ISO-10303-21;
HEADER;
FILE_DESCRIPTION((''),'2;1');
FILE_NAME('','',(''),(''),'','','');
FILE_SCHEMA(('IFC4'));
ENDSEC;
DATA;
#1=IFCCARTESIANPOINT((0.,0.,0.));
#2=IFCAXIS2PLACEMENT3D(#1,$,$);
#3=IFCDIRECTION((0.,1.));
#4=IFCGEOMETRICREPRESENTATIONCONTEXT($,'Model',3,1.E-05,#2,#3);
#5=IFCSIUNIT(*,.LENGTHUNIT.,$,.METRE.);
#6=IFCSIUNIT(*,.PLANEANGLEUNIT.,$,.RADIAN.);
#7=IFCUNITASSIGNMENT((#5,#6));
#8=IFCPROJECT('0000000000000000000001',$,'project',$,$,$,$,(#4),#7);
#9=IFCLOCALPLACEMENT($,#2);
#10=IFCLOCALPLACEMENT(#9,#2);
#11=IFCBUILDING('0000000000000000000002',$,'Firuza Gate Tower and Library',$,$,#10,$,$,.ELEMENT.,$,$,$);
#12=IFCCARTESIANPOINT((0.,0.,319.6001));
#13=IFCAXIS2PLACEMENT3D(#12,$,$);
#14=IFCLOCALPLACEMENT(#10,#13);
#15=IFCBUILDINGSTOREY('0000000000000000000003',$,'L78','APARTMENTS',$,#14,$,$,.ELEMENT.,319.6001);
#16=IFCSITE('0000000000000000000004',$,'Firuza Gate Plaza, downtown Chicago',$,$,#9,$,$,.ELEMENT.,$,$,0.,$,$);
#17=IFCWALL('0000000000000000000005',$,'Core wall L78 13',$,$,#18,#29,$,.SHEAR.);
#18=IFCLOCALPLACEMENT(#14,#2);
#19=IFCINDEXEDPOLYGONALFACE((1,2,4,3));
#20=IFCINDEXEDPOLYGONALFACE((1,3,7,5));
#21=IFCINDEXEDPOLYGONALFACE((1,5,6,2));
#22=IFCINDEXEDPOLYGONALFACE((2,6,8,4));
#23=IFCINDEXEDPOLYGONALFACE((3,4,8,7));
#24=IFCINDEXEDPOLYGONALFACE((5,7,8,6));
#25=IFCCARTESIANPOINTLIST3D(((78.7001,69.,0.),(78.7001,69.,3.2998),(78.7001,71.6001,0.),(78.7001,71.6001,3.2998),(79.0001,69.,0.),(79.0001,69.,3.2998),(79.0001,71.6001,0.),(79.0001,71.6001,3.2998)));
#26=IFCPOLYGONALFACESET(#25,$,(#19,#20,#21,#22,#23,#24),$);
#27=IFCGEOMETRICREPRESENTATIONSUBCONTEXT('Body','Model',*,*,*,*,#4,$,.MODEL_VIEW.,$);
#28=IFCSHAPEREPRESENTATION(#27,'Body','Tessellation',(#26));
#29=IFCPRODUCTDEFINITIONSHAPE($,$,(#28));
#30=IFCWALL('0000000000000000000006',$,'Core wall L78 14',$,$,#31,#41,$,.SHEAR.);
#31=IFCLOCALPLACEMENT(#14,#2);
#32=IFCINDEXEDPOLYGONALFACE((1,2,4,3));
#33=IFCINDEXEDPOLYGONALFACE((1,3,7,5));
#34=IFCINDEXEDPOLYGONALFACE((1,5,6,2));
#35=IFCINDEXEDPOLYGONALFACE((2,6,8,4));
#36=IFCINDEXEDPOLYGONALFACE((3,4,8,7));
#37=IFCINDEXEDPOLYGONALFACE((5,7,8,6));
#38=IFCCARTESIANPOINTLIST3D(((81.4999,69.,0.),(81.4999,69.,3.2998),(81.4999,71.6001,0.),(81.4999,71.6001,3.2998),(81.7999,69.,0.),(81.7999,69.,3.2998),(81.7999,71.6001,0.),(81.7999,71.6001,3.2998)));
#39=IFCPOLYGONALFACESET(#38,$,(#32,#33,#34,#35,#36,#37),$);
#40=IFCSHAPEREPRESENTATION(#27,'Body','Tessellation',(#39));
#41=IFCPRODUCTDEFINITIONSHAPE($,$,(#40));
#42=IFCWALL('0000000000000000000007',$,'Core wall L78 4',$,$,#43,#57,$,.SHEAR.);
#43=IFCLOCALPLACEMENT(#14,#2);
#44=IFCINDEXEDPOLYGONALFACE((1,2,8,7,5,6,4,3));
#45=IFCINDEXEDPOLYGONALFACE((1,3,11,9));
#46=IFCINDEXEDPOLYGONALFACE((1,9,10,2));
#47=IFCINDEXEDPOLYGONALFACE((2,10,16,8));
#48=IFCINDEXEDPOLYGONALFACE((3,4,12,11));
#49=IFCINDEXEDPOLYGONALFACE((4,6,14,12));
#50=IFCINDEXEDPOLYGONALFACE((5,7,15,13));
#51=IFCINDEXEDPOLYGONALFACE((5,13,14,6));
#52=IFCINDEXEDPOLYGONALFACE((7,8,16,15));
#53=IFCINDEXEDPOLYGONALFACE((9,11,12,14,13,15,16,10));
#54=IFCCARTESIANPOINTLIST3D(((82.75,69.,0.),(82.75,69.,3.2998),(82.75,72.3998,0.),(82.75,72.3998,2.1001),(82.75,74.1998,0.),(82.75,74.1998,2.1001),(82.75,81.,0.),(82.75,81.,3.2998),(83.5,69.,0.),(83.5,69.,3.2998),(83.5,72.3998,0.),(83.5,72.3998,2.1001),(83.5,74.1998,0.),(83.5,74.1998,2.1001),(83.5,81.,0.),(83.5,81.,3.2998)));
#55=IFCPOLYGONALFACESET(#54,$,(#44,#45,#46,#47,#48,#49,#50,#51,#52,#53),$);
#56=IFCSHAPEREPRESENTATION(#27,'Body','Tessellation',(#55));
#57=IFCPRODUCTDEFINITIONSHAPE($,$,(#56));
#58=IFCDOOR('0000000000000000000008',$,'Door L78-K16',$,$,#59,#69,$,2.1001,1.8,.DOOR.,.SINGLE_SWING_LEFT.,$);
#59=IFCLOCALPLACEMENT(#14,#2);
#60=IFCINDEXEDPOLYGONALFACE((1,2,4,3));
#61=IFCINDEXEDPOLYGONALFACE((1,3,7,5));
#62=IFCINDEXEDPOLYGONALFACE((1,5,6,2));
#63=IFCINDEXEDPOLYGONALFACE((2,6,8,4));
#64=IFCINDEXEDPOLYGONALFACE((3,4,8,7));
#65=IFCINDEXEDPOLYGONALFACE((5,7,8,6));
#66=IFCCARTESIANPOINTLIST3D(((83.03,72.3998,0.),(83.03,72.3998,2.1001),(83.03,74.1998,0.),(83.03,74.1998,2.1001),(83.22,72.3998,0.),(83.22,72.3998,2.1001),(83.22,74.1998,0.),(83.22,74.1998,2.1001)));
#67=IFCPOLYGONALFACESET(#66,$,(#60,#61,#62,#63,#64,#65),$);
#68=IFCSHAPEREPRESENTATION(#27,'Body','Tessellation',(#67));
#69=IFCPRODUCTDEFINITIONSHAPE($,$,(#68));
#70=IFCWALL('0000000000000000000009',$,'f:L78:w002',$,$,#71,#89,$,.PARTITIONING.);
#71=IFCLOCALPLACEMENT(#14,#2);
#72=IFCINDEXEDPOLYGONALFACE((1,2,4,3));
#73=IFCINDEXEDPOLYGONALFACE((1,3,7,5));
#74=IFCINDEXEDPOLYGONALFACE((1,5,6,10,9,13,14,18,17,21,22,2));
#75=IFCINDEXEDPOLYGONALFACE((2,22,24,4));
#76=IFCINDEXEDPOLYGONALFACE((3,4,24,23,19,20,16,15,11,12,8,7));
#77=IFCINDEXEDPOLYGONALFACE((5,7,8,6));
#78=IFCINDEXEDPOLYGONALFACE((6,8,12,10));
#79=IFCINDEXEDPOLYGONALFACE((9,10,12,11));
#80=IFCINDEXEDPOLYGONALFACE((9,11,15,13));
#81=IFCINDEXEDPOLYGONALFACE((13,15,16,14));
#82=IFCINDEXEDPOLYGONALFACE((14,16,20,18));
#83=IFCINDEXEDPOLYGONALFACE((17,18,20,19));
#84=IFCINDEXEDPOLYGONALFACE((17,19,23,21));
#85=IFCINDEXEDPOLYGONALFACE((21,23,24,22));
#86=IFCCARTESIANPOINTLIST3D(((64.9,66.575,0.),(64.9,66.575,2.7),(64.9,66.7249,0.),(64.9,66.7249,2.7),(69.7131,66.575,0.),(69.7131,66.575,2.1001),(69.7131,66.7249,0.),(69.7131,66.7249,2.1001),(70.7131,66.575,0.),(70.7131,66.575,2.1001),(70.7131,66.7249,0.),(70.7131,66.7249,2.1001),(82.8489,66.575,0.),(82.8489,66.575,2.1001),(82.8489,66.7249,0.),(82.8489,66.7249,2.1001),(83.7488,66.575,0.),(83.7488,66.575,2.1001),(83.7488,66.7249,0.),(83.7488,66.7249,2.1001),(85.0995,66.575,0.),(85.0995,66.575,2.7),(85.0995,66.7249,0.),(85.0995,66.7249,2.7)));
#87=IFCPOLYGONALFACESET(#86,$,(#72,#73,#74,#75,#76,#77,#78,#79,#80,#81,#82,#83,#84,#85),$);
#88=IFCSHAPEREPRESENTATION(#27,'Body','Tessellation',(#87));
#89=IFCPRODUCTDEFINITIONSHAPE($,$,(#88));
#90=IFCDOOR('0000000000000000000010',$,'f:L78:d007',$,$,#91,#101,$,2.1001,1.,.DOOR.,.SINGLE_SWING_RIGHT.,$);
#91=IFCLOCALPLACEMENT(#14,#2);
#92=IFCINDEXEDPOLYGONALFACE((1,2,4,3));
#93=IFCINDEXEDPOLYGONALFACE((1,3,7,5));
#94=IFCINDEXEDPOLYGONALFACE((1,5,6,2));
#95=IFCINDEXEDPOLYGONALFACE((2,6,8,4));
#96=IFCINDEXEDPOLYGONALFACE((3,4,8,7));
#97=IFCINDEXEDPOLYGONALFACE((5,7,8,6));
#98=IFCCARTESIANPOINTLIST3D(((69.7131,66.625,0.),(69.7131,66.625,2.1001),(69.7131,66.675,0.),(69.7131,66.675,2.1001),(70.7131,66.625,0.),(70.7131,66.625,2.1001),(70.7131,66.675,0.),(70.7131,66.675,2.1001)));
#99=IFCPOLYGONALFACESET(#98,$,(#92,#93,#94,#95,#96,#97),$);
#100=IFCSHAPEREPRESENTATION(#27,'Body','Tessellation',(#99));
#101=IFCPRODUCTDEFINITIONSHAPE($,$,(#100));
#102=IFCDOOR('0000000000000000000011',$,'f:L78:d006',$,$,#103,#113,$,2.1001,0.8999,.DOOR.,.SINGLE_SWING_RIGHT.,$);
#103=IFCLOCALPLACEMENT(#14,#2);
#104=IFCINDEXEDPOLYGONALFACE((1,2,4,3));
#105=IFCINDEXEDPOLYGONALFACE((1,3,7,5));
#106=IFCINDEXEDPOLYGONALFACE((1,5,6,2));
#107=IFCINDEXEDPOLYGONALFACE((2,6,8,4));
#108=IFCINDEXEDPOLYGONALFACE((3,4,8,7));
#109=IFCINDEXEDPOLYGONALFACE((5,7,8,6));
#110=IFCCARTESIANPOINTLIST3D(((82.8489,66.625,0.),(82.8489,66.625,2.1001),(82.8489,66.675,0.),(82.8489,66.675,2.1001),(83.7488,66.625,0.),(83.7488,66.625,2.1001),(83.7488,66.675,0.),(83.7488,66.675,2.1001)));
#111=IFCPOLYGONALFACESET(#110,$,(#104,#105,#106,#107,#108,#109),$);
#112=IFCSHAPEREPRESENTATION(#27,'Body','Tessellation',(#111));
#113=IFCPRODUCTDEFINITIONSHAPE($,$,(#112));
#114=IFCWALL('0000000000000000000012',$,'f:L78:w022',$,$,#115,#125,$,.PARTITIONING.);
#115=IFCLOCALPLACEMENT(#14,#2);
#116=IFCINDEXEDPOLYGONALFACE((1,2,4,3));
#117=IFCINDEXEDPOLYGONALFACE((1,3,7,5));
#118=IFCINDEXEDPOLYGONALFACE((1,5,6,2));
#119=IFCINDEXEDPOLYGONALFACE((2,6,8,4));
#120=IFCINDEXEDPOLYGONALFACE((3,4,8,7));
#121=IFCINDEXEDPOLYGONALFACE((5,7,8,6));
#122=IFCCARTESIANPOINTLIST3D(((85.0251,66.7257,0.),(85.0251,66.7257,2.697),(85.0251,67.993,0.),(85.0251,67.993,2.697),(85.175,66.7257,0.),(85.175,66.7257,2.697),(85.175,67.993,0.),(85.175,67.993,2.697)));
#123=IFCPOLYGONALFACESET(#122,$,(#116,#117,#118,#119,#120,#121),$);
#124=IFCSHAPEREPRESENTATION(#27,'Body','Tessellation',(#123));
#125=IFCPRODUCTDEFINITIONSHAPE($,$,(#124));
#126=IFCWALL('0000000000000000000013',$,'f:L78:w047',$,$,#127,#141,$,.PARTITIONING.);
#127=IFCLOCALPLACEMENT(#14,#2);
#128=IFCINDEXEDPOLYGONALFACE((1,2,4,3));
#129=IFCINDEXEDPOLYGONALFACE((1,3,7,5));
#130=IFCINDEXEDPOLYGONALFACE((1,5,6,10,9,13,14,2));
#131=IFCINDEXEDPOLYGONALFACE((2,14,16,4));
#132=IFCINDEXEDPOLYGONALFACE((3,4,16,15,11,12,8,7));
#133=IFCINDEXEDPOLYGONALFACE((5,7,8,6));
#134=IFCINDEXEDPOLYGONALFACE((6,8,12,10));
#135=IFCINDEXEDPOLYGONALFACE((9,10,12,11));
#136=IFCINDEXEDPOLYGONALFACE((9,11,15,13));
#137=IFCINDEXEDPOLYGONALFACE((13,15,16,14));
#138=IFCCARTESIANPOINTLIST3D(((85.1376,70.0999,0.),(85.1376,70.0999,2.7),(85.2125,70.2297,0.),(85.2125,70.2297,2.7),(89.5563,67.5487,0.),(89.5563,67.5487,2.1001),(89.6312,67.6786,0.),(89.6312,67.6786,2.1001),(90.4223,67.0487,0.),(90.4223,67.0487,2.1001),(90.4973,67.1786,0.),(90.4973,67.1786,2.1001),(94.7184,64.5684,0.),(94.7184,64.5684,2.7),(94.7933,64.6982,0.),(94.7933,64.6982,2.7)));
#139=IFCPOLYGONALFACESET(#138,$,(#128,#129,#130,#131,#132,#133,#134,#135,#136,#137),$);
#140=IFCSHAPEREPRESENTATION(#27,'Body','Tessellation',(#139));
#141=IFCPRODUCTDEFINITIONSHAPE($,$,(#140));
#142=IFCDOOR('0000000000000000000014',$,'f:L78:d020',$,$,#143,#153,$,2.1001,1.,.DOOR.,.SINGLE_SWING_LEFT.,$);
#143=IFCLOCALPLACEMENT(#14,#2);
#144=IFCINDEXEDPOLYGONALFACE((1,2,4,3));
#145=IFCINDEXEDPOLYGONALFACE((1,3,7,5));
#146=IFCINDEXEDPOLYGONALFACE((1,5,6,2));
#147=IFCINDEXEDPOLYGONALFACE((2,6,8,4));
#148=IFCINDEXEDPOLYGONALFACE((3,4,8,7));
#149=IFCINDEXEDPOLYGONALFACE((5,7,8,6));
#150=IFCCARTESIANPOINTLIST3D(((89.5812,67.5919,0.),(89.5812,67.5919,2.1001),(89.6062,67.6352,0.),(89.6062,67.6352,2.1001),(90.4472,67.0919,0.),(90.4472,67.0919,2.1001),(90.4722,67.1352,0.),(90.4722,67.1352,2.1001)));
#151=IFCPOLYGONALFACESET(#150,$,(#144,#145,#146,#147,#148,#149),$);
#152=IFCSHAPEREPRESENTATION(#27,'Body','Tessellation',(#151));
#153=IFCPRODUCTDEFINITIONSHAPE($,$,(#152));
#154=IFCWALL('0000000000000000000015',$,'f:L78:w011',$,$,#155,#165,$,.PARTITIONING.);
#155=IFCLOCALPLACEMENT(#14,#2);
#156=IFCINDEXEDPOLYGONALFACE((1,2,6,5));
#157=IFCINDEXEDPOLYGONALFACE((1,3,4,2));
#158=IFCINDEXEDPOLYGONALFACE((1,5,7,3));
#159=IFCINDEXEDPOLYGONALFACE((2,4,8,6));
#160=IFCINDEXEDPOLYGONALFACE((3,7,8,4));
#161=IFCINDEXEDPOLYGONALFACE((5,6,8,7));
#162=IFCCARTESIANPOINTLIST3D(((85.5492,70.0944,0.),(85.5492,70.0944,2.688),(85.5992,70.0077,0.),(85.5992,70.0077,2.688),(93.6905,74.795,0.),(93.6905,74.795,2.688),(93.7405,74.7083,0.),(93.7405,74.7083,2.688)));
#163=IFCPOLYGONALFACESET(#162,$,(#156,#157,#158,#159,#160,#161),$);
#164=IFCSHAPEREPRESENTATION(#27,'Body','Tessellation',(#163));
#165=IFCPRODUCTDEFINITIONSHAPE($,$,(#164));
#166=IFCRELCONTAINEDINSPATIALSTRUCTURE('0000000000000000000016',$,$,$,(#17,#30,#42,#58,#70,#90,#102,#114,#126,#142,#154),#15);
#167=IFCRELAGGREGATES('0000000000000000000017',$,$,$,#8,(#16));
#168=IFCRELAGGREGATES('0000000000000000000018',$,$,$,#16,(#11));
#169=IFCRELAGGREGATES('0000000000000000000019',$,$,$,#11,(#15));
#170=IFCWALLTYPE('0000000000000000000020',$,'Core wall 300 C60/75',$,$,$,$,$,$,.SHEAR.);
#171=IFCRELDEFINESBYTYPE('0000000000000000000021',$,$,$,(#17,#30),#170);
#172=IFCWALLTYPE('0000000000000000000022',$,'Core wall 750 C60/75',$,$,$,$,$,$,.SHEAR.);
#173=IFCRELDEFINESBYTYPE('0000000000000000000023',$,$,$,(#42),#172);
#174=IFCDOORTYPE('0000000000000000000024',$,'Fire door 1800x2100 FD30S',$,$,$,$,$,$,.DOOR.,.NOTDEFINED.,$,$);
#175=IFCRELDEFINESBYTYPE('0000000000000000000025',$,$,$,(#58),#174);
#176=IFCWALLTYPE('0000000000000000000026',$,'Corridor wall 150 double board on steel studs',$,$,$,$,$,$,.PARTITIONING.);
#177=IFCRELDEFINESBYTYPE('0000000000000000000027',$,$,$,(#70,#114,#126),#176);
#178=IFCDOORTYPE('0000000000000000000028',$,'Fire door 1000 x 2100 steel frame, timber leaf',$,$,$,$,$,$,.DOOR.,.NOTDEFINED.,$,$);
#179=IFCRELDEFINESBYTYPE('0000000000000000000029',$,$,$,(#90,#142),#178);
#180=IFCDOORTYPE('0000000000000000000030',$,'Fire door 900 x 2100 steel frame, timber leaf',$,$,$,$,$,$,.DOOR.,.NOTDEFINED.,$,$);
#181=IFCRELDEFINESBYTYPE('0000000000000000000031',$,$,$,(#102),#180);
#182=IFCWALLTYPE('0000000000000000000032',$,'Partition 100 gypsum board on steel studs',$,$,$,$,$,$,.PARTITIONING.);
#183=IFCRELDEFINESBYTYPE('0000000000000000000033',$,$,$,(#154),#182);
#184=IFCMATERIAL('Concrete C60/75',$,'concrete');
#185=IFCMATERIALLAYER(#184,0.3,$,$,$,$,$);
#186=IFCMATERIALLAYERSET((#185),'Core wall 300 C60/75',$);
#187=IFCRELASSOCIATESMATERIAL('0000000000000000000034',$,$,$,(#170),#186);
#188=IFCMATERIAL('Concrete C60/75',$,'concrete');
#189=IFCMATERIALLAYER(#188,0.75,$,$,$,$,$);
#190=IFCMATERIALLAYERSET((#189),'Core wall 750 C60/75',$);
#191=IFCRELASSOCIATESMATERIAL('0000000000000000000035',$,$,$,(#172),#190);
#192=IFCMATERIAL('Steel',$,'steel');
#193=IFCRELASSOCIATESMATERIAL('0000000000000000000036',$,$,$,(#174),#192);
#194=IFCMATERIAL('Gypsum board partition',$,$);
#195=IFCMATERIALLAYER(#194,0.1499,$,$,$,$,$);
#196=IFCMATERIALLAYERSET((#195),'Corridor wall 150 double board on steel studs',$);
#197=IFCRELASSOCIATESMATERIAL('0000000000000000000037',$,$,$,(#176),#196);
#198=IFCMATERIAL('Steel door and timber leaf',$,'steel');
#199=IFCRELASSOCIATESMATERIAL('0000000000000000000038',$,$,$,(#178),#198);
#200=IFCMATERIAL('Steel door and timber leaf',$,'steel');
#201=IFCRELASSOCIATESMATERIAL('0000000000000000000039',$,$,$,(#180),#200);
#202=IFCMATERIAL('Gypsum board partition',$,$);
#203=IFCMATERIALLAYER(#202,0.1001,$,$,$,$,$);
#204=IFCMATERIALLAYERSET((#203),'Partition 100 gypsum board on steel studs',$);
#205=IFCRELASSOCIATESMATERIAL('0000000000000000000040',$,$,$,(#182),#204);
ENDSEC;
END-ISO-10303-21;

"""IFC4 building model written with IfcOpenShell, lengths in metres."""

from ifc_helpers import new_model, si_unit, direction, frame, frame_2d, origin, place, context, subcontext, project, spatial, rectangle, extrude, material, layer, layer_set, type_object, element, fill, save


model = new_model("IFC4")

# Units and contexts
model_context = context("Model", 3, precision=1e-05, world=origin(), true_north=direction((0.0, 1.0)))
body_context = subcontext(model_context, "Body", "Model", "MODEL_VIEW")
ifc_project = project(units=[si_unit("LENGTHUNIT", "METRE"), si_unit("PLANEANGLEUNIT", "RADIAN")], contexts=[model_context])

# Site, building, storey
site_placement = place(None, origin())
site = spatial("IfcSite", under=ifc_project, at=site_placement, Name="Firuza Gate Plaza, downtown Chicago", CompositionType="ELEMENT", RefElevation=0.0)
building_placement = place(site_placement, origin())
building = spatial("IfcBuilding", under=site, at=building_placement, Name="Firuza Gate Tower and Library", CompositionType="ELEMENT")
storey_placement = place(building_placement, frame((0.0, 0.0, 319.6001)))
storey = spatial("IfcBuildingStorey", under=building, at=storey_placement, Name="L78", Description="APARTMENTS", CompositionType="ELEMENT", Elevation=319.6001)

# Walls
ifc_material_1 = material(Name="Concrete C60/75", Category="concrete")
ifc_layer_1 = layer(ifc_material_1, 0.3)
ifc_layer_set_1 = layer_set([ifc_layer_1], Name="Core wall 300 C60/75")
wall_type_1 = type_object("IfcWallType", Name="Core wall 300 C60/75", PredefinedType="SHEAR", material=ifc_layer_set_1)
for number, where, z_axis, x_axis, name in (
    (1, (78.8501, 69.0, 0.0), (0.0, 0.0, 1.0), (0.0, 1.0, 0.0), "Core wall L78 13"),
    (2, (81.6499, 69.0, 0.0), (0.0, 0.0, 1.0), (0.0, 1.0, 0.0), "Core wall L78 14"),
):
    element("IfcWall", number, at=place(storey_placement, frame(where, z_axis=z_axis, x_axis=x_axis)), inside=storey, type_object=wall_type_1, Name=name, PredefinedType="SHEAR", context=body_context, shape_type="SweptSolid", body=[
        extrude(rectangle(XDim=2.6001, YDim=0.3, at=frame_2d((1.3, 0.0))), origin(), (0.0, 0.0, 1.0), 3.2998),
    ])

# Wall, opening, door
ifc_material_2 = material(Name="Concrete C60/75", Category="concrete")
ifc_layer_2 = layer(ifc_material_2, 0.75)
ifc_layer_set_2 = layer_set([ifc_layer_2], Name="Core wall 750 C60/75")
wall_type_2 = type_object("IfcWallType", Name="Core wall 750 C60/75", PredefinedType="SHEAR", material=ifc_layer_set_2)
wall_1_placement = place(storey_placement, frame((83.125, 69.0, 0.0), z_axis=(0.0, 0.0, 1.0), x_axis=(0.0, 1.0, 0.0)))
wall_1 = element("IfcWall", 3, at=wall_1_placement, inside=storey, type_object=wall_type_2, Name="Core wall L78 4", PredefinedType="SHEAR", context=body_context, shape_type="SweptSolid", body=[
    extrude(rectangle(XDim=12.0, YDim=0.75, at=frame_2d((6.0, 0.0))), origin(), (0.0, 0.0, 1.0), 3.2998),
])
opening_1_placement = place(wall_1_placement, frame((3.3999, 0.0, 0.0)))
opening_1 = element("IfcOpeningElement", 4, at=opening_1_placement, cuts=wall_1, PredefinedType="OPENING", context=body_context, shape_type="SweptSolid", body=[
    extrude(rectangle(XDim=1.8, YDim=2.1001, at=frame_2d((0.8999, 1.05))), frame((0.0, 0.385, 0.0), z_axis=(0.0, -1.0, 0.0), x_axis=(1.0, 0.0, 0.0)), (0.0, 0.0, 1.0), 0.77),
])
ifc_material_3 = material(Name="Steel", Category="steel")
door_type_1 = type_object("IfcDoorType", Name="Fire door 1800x2100 FD30S", OperationType="NOTDEFINED", PredefinedType="DOOR", material=ifc_material_3)
door_1_placement = place(opening_1_placement, origin())
door_1 = element("IfcDoor", 5, at=door_1_placement, inside=storey, type_object=door_type_1, Name="Door L78-K16", OperationType="SINGLE_SWING_LEFT", OverallHeight=2.1001, OverallWidth=1.8, PredefinedType="DOOR", context=body_context, shape_type="SweptSolid", body=[
    extrude(rectangle(XDim=1.8, YDim=2.1001, at=frame_2d((0.8999, 1.05))), frame((0.0, 0.095, 0.0), z_axis=(0.0, -1.0, 0.0), x_axis=(1.0, 0.0, 0.0)), (0.0, 0.0, 1.0), 0.1899),
])
fill(opening_1, door_1)

# Wall, openings, doors
ifc_material_4 = material(Name="Gypsum board partition")
ifc_layer_3 = layer(ifc_material_4, 0.1499)
ifc_layer_set_3 = layer_set([ifc_layer_3], Name="Corridor wall 150 double board on steel studs")
wall_type_3 = type_object("IfcWallType", Name="Corridor wall 150 double board on steel studs", PredefinedType="PARTITIONING", material=ifc_layer_set_3)
wall_2_placement = place(storey_placement, frame((85.0994, 66.6499, 0.0), z_axis=(0.0, 0.0, 1.0), x_axis=(-1.0, 0.0, 0.0)))
wall_2 = element("IfcWall", 6, at=wall_2_placement, inside=storey, type_object=wall_type_3, Name="f:L78:w002", PredefinedType="PARTITIONING", context=body_context, shape_type="SweptSolid", body=[
    extrude(rectangle(XDim=20.1995, YDim=0.1499, at=frame_2d((10.0996, 0.0))), origin(), (0.0, 0.0, 1.0), 2.7),
])
opening_2_placement = place(wall_2_placement, frame((1.3506, 0.0, 0.0)))
opening_2 = element("IfcOpeningElement", 7, at=opening_2_placement, cuts=wall_2, PredefinedType="OPENING", context=body_context, shape_type="SweptSolid", body=[
    extrude(rectangle(XDim=0.8999, YDim=2.1001, at=frame_2d((0.45, 1.05))), frame((0.0, 0.085, 0.0), z_axis=(0.0, -1.0, 0.0), x_axis=(1.0, 0.0, 0.0)), (0.0, 0.0, 1.0), 0.1699),
])
opening_3_placement = place(wall_2_placement, frame((14.3862, 0.0, 0.0)))
opening_3 = element("IfcOpeningElement", 8, at=opening_3_placement, cuts=wall_2, PredefinedType="OPENING", context=body_context, shape_type="SweptSolid", body=[
    extrude(rectangle(XDim=1.0, YDim=2.1001, at=frame_2d((0.5, 1.05))), frame((0.0, 0.085, 0.0), z_axis=(0.0, -1.0, 0.0), x_axis=(1.0, 0.0, 0.0)), (0.0, 0.0, 1.0), 0.1699),
])
ifc_material_5 = material(Name="Steel door and timber leaf", Category="steel")
door_type_2 = type_object("IfcDoorType", Name="Fire door 1000 x 2100 steel frame, timber leaf", OperationType="NOTDEFINED", PredefinedType="DOOR", material=ifc_material_5)
door_2_placement = place(opening_3_placement, origin())
door_2 = element("IfcDoor", 9, at=door_2_placement, inside=storey, type_object=door_type_2, Name="f:L78:d007", OperationType="SINGLE_SWING_RIGHT", OverallHeight=2.1001, OverallWidth=1.0, PredefinedType="DOOR", context=body_context, shape_type="SweptSolid", body=[
    extrude(rectangle(XDim=1.0, YDim=2.1001, at=frame_2d((0.5, 1.05))), frame((0.0, 0.0249, 0.0), z_axis=(0.0, -1.0, 0.0), x_axis=(1.0, 0.0, 0.0)), (0.0, 0.0, 1.0), 0.05),
])
fill(opening_3, door_2)
ifc_material_6 = material(Name="Steel door and timber leaf", Category="steel")
door_type_3 = type_object("IfcDoorType", Name="Fire door 900 x 2100 steel frame, timber leaf", OperationType="NOTDEFINED", PredefinedType="DOOR", material=ifc_material_6)
door_3_placement = place(opening_2_placement, origin())
door_3 = element("IfcDoor", 10, at=door_3_placement, inside=storey, type_object=door_type_3, Name="f:L78:d006", OperationType="SINGLE_SWING_RIGHT", OverallHeight=2.1001, OverallWidth=0.8999, PredefinedType="DOOR", context=body_context, shape_type="SweptSolid", body=[
    extrude(rectangle(XDim=0.8999, YDim=2.1001, at=frame_2d((0.45, 1.05))), frame((0.0, 0.0249, 0.0), z_axis=(0.0, -1.0, 0.0), x_axis=(1.0, 0.0, 0.0)), (0.0, 0.0, 1.0), 0.05),
])
fill(opening_2, door_3)

# Wall
wall_3_placement = place(storey_placement, frame((85.1001, 66.7256, 0.0), z_axis=(0.0, 0.0, 1.0), x_axis=(0.0, 1.0, 0.0)))
element("IfcWall", 11, at=wall_3_placement, inside=storey, type_object=wall_type_3, Name="f:L78:w022", PredefinedType="PARTITIONING", context=body_context, shape_type="SweptSolid", body=[
    extrude(rectangle(XDim=1.2673, YDim=0.1499, at=frame_2d((0.6338, 0.0))), origin(), (0.0, 0.0, 1.0), 2.697),
])

# Wall, opening, door
wall_4_placement = place(storey_placement, frame((85.175, 70.1648, 0.0), z_axis=(0.0, 0.0, 1.0), x_axis=(0.866025, -0.500001, 0.0)))
wall_4 = element("IfcWall", 12, at=wall_4_placement, inside=storey, type_object=wall_type_3, Name="f:L78:w047", PredefinedType="PARTITIONING", context=body_context, shape_type="SweptSolid", body=[
    extrude(rectangle(XDim=11.063, YDim=0.1499, at=frame_2d((5.5315, 0.0))), origin(), (0.0, 0.0, 1.0), 2.7),
])
opening_4_placement = place(wall_4_placement, frame((5.1023, 0.0, 0.0)))
opening_4 = element("IfcOpeningElement", 13, at=opening_4_placement, cuts=wall_4, PredefinedType="OPENING", context=body_context, shape_type="SweptSolid", body=[
    extrude(rectangle(XDim=1.0, YDim=2.1001, at=frame_2d((0.5, 1.05))), frame((0.0, 0.085, 0.0), z_axis=(0.0, -1.0, 0.0), x_axis=(1.0, 0.0, 0.0)), (0.0, 0.0, 1.0), 0.1699),
])
door_4_placement = place(opening_4_placement, origin())
door_4 = element("IfcDoor", 14, at=door_4_placement, inside=storey, type_object=door_type_2, Name="f:L78:d020", OperationType="SINGLE_SWING_LEFT", OverallHeight=2.1001, OverallWidth=1.0, PredefinedType="DOOR", context=body_context, shape_type="SweptSolid", body=[
    extrude(rectangle(XDim=1.0, YDim=2.1001, at=frame_2d((0.5, 1.05))), frame((0.0, 0.0249, 0.0), z_axis=(0.0, -1.0, 0.0), x_axis=(1.0, 0.0, 0.0)), (0.0, 0.0, 1.0), 0.05),
])
fill(opening_4, door_4)

# Wall
ifc_material_7 = material(Name="Gypsum board partition")
ifc_layer_4 = layer(ifc_material_7, 0.1001)
ifc_layer_set_4 = layer_set([ifc_layer_4], Name="Partition 100 gypsum board on steel studs")
wall_type_4 = type_object("IfcWallType", Name="Partition 100 gypsum board on steel studs", PredefinedType="PARTITIONING", material=ifc_layer_set_4)
wall_5_placement = place(storey_placement, frame((85.5742, 70.051, 0.0), z_axis=(0.0, 0.0, 1.0), x_axis=(0.866013, 0.500021, 0.0)))
element("IfcWall", 15, at=wall_5_placement, inside=storey, type_object=wall_type_4, Name="f:L78:w011", PredefinedType="PARTITIONING", context=body_context, shape_type="SweptSolid", body=[
    extrude(rectangle(XDim=9.4009, YDim=0.1001, at=frame_2d((4.7004, 0.0))), origin(), (0.0, 0.0, 1.0), 2.688),
])

save(model, "model.ifc")
